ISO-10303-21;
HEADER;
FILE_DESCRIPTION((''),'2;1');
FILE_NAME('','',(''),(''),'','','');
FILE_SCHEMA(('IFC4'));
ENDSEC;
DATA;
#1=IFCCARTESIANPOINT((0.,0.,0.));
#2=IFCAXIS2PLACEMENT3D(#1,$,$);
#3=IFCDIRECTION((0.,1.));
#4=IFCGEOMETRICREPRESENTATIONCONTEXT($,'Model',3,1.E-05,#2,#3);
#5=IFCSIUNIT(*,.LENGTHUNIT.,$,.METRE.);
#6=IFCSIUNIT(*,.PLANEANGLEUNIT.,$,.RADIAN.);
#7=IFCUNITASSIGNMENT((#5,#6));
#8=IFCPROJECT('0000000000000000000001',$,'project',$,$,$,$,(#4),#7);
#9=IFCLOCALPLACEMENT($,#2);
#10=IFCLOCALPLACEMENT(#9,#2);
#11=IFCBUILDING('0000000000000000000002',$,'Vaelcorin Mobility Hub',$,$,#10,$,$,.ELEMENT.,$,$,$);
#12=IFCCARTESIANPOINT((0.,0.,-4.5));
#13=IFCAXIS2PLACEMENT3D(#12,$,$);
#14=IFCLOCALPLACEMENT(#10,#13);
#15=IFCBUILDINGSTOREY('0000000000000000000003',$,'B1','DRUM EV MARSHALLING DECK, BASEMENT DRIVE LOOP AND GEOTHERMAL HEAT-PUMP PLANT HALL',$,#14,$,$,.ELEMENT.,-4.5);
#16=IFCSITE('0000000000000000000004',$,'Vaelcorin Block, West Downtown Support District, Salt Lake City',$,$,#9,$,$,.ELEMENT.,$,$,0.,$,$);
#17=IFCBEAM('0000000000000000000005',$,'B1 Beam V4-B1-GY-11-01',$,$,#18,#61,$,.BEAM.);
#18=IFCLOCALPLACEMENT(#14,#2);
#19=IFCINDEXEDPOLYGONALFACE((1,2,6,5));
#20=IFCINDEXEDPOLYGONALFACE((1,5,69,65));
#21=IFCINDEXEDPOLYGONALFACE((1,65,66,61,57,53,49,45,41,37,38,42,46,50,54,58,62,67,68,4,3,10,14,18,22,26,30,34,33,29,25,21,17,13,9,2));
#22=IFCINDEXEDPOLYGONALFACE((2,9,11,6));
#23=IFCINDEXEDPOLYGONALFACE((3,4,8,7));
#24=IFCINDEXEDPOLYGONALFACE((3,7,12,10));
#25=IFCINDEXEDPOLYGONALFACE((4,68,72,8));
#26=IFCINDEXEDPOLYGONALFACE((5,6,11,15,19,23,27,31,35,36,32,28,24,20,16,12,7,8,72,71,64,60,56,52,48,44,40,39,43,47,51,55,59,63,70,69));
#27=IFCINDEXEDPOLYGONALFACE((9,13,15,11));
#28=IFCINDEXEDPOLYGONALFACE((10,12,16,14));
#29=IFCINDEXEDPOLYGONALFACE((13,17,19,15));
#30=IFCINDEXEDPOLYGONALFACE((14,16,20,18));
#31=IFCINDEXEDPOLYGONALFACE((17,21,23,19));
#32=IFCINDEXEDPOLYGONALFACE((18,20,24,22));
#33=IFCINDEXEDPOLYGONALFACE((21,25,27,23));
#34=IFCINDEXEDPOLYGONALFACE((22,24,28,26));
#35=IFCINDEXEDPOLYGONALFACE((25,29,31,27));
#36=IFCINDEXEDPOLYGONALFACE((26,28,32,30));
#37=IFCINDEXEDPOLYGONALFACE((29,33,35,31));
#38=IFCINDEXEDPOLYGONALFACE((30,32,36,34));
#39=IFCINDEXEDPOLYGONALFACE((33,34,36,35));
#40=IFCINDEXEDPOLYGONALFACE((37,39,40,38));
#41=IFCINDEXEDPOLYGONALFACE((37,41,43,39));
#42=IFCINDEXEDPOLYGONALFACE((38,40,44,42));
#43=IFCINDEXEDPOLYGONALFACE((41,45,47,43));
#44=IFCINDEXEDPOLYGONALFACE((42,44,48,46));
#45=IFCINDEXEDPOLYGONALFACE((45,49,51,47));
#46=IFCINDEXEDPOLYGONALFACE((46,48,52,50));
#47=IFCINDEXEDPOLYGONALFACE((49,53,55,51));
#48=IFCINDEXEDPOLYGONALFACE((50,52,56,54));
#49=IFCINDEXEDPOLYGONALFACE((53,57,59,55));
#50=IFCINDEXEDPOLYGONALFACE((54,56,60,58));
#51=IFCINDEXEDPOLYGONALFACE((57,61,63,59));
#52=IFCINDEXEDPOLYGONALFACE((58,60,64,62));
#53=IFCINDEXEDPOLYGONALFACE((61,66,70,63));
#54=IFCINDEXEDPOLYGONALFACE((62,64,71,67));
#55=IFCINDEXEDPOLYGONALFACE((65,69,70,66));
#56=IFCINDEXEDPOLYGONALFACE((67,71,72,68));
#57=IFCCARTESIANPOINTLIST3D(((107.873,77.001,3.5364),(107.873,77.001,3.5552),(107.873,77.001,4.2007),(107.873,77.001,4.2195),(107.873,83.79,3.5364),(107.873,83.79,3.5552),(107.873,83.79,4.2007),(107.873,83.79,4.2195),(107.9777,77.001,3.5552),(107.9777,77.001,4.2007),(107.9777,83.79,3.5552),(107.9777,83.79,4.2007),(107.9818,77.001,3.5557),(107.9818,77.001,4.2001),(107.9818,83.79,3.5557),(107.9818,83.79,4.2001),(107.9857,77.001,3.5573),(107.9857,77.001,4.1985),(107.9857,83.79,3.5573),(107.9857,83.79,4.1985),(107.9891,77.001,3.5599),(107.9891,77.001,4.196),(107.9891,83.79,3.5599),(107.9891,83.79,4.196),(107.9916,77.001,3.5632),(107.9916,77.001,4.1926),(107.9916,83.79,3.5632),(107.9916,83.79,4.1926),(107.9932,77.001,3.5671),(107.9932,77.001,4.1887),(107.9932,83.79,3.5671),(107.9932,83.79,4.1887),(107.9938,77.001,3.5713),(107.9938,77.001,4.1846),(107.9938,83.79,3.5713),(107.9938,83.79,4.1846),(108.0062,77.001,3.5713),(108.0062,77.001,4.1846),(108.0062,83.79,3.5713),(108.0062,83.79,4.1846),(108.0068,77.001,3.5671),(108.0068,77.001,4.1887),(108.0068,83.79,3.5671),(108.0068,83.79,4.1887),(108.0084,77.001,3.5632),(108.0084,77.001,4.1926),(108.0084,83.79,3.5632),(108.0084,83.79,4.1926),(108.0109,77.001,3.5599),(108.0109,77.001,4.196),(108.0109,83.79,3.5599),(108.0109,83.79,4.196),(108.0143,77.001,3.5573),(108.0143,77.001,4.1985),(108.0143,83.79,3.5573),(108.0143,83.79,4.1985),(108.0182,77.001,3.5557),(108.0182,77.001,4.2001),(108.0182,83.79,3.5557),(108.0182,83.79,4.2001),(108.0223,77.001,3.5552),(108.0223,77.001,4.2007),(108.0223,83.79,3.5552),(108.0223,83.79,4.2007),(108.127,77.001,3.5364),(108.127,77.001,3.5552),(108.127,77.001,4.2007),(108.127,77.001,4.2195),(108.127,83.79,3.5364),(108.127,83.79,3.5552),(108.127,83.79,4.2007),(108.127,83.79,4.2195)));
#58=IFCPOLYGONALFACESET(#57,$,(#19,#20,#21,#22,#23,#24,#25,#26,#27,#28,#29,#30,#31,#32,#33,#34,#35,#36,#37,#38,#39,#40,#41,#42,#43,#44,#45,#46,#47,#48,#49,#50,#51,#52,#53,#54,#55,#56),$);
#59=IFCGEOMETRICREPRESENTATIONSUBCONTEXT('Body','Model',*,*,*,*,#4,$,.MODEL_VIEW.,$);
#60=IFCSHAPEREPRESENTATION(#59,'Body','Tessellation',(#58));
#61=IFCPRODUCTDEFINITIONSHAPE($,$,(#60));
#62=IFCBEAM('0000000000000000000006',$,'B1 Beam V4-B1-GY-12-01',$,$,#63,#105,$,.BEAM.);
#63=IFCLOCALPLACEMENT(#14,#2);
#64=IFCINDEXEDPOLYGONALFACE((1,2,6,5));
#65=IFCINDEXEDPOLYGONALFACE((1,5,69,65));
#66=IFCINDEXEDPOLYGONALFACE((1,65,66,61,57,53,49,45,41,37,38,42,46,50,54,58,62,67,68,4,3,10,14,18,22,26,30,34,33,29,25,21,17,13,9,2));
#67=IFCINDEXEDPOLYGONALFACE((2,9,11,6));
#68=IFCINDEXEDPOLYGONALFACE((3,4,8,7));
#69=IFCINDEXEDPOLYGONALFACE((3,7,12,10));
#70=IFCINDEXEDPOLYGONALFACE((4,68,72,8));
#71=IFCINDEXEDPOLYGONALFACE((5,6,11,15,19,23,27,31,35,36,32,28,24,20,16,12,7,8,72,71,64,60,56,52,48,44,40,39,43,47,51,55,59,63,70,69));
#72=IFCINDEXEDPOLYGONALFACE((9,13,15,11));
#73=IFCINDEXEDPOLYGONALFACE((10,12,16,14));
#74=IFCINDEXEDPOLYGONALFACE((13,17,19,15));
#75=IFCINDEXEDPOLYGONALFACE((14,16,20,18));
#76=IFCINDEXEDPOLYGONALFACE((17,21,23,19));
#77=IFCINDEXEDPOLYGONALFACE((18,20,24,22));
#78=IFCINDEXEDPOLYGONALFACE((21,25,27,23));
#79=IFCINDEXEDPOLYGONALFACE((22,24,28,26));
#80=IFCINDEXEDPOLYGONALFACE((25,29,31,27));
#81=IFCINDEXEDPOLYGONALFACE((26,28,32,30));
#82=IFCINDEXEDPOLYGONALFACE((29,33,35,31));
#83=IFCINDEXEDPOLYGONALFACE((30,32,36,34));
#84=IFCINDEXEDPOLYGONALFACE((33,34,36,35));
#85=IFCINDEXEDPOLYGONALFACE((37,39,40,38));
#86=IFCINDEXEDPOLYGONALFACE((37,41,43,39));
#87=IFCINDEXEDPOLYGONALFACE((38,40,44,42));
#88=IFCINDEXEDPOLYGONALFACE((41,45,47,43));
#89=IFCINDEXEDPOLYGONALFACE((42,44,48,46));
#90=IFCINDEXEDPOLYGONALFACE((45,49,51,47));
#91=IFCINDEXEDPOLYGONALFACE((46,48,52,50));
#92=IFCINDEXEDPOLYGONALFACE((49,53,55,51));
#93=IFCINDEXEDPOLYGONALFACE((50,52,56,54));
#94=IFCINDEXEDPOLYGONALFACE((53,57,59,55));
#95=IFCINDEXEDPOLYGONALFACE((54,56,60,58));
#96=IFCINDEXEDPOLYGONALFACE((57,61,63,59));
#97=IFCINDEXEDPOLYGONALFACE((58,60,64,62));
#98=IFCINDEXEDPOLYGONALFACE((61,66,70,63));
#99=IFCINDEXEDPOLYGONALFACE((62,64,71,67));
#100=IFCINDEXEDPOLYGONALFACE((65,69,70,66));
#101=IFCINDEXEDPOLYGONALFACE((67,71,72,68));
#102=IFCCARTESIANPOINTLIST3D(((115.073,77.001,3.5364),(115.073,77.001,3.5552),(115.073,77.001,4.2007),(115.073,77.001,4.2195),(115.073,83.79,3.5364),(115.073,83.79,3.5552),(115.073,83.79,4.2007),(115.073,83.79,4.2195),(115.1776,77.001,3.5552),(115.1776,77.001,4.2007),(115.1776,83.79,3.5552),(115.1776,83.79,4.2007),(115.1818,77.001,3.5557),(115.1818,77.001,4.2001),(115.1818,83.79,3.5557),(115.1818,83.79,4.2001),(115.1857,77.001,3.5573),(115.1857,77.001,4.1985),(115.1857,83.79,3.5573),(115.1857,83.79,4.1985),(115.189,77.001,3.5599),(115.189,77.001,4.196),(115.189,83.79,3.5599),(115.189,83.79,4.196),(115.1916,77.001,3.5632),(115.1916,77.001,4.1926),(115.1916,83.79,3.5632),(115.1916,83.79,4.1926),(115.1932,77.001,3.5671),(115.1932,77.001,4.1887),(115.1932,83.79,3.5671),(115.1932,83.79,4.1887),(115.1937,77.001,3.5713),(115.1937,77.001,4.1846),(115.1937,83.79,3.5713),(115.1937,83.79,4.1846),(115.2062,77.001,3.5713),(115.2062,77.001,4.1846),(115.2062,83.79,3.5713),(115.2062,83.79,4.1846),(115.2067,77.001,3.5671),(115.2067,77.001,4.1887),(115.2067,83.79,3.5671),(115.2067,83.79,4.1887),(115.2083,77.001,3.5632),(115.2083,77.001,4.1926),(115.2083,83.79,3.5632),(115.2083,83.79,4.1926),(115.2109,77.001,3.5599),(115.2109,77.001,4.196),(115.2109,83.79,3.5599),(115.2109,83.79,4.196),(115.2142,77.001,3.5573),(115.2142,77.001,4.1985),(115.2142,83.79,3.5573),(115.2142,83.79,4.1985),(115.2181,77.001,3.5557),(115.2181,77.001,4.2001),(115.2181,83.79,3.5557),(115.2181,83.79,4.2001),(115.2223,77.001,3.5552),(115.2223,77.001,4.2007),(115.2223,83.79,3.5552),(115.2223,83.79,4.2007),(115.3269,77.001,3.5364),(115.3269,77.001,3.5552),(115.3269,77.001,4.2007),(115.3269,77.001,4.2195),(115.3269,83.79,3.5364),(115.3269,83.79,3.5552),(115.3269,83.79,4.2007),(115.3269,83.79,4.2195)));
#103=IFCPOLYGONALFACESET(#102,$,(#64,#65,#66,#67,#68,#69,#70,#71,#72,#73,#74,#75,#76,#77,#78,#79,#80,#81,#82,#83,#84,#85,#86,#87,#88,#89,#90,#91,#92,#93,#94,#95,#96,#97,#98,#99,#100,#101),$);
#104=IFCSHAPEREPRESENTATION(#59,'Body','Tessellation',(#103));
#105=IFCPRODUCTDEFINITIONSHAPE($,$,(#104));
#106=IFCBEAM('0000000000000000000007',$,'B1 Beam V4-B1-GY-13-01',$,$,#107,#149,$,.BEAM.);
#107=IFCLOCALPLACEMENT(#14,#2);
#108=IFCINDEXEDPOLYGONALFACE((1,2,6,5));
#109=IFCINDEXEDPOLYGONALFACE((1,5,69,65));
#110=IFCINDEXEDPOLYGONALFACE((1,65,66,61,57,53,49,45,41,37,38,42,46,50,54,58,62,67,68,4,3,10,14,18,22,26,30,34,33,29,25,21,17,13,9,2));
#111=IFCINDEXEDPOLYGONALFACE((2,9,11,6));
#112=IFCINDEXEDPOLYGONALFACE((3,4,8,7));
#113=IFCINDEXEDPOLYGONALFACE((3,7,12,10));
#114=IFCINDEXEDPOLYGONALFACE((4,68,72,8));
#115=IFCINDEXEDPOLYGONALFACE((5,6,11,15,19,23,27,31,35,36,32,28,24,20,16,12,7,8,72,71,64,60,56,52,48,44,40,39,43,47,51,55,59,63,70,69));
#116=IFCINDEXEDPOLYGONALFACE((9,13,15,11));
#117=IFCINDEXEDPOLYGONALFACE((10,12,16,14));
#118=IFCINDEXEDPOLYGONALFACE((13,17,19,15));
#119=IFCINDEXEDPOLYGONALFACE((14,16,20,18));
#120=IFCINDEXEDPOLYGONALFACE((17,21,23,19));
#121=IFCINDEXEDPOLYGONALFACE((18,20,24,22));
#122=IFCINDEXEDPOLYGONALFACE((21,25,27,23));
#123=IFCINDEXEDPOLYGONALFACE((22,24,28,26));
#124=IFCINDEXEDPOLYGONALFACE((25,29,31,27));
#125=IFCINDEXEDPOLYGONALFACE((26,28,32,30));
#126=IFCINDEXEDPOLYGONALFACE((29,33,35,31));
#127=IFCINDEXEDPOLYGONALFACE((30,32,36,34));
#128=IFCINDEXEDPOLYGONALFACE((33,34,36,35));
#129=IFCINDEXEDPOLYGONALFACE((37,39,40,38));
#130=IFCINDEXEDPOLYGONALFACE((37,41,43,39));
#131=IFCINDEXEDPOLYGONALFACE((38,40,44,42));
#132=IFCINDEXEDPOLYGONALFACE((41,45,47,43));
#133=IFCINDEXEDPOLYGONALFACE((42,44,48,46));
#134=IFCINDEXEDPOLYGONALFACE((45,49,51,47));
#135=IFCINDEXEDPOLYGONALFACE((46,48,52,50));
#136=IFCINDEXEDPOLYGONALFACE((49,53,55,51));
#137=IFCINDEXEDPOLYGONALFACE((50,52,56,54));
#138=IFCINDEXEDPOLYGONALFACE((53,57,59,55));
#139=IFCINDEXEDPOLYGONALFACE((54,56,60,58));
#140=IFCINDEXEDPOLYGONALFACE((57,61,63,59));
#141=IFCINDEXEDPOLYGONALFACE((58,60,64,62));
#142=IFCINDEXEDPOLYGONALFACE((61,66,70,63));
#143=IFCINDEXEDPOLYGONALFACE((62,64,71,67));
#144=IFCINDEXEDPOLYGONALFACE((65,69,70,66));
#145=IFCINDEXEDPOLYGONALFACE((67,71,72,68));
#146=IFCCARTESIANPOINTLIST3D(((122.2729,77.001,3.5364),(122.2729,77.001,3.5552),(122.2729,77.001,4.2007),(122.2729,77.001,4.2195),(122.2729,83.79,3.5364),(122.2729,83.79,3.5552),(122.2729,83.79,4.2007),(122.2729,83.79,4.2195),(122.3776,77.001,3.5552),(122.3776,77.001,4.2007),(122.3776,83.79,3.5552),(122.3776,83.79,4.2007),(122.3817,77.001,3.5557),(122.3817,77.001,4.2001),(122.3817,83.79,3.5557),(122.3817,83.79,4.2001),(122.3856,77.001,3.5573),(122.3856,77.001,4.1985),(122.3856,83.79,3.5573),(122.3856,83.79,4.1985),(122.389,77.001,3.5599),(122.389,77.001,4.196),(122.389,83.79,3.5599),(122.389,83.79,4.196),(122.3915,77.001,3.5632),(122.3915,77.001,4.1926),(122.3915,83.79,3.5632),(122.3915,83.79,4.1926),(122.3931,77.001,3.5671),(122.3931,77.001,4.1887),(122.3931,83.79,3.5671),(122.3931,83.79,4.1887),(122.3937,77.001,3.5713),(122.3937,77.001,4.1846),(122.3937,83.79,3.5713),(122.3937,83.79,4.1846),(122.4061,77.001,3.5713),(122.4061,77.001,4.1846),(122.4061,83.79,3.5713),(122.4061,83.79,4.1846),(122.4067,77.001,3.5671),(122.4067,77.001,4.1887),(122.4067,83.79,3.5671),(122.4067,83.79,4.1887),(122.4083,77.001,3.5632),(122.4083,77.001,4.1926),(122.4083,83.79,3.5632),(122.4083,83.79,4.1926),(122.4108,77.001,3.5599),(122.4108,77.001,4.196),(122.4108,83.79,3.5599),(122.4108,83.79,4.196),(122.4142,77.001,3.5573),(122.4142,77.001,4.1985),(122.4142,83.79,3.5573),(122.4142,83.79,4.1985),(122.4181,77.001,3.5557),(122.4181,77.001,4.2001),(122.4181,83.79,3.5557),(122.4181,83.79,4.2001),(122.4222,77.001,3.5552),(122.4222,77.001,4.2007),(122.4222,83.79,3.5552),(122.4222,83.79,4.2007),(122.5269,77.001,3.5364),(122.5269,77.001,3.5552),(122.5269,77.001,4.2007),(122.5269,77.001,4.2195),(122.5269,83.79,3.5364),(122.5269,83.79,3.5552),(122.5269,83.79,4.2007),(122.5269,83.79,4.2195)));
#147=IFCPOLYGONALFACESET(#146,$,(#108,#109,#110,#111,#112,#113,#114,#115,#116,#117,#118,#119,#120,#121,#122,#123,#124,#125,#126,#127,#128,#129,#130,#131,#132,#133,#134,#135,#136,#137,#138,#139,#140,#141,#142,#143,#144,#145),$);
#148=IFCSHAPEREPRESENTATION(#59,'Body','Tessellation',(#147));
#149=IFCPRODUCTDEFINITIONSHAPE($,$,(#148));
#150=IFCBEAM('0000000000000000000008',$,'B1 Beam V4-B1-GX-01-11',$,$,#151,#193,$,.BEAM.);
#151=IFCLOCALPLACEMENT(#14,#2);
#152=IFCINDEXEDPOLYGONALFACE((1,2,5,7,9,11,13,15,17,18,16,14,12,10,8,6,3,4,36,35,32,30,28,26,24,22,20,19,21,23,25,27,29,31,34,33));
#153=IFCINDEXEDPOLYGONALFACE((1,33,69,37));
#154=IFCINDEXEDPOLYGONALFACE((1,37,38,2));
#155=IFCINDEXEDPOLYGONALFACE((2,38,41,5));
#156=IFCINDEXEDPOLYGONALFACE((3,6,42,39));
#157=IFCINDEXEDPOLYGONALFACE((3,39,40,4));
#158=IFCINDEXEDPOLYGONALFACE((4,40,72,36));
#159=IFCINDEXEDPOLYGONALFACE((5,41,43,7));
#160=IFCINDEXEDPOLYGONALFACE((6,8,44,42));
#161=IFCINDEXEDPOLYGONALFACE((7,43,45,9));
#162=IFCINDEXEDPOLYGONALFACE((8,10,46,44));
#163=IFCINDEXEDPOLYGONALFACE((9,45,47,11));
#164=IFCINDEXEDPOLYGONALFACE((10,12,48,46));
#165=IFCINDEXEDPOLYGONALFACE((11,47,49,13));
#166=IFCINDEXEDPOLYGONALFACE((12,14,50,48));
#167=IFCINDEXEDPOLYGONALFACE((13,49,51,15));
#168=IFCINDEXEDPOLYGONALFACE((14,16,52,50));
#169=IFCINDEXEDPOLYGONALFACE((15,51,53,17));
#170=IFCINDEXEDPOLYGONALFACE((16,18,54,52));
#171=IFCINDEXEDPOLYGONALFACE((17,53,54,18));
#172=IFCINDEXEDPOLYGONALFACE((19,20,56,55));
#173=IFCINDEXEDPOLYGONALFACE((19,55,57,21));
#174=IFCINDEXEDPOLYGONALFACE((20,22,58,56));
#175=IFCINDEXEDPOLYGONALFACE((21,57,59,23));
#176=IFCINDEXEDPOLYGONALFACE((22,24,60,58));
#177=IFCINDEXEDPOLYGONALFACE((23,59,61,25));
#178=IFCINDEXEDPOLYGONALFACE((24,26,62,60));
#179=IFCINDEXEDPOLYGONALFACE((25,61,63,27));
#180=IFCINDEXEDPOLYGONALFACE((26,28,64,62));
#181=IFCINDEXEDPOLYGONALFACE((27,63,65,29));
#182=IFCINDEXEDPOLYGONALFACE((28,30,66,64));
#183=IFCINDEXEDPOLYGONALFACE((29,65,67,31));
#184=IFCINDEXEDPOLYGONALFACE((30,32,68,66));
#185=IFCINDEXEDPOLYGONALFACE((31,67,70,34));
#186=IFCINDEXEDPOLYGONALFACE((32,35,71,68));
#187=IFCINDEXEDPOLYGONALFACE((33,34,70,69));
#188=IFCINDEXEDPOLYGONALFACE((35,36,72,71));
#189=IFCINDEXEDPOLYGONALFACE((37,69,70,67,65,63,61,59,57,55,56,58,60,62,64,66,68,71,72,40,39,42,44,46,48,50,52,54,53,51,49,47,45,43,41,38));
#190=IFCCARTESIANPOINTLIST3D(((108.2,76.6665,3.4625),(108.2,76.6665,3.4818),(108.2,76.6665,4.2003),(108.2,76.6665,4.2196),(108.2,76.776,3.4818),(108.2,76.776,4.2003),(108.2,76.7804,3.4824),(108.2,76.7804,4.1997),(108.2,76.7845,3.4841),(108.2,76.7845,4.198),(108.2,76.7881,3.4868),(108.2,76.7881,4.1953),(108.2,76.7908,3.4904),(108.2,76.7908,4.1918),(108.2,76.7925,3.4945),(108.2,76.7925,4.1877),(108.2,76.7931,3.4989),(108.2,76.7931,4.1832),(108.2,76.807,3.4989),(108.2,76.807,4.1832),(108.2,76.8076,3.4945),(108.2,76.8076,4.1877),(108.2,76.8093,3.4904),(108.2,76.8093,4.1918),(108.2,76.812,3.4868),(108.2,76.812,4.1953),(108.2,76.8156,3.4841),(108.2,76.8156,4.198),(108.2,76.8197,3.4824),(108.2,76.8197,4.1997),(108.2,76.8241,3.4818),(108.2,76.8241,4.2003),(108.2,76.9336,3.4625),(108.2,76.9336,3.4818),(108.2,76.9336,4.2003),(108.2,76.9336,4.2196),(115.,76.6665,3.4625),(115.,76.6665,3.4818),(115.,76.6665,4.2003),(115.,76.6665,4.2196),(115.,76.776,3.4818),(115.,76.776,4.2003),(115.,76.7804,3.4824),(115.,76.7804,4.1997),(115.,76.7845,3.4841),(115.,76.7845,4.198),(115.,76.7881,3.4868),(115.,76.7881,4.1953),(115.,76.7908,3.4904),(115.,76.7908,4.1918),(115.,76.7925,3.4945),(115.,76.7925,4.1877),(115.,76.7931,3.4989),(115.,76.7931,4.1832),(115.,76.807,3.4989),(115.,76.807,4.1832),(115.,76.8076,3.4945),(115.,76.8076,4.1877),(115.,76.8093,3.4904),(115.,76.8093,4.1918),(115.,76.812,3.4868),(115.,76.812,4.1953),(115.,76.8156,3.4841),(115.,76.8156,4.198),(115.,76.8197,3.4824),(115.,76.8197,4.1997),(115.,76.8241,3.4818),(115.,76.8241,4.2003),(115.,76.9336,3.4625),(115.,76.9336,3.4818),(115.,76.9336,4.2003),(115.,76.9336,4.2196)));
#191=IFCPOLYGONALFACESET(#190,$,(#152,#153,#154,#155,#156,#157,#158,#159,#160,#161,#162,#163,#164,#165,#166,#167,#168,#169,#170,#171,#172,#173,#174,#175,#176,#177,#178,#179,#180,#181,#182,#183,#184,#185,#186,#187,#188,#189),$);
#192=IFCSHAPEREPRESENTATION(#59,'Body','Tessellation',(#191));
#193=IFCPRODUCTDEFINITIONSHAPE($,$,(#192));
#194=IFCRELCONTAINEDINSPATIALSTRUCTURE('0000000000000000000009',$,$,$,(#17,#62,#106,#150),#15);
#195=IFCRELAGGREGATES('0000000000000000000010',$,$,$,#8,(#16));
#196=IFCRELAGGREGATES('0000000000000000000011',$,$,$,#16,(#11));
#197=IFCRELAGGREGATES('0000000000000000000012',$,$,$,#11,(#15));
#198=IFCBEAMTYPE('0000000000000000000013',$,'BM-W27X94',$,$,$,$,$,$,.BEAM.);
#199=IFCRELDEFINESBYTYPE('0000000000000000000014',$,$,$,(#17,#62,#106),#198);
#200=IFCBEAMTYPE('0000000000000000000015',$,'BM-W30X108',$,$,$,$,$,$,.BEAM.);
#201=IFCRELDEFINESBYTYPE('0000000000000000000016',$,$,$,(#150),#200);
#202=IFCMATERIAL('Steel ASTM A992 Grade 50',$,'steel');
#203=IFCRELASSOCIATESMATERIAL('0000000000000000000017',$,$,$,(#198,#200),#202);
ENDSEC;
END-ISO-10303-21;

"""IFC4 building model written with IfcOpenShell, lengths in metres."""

from ifc_helpers import new_model, si_unit, direction, frame, origin, origin_2d, place, context, subcontext, project, spatial, i_section, extrude, material, material_profile, profile_set, type_object, element, save


model = new_model("IFC4")

# Units and contexts
model_context = context("Model", 3, precision=1e-05, world=origin(), true_north=direction((0.0, 1.0)))
body_context = subcontext(model_context, "Body", "Model", "MODEL_VIEW")
ifc_project = project(units=[si_unit("LENGTHUNIT", "METRE"), si_unit("PLANEANGLEUNIT", "RADIAN")], contexts=[model_context])

# Site, building, storey
site_placement = place(None, origin())
site = spatial("IfcSite", under=ifc_project, at=site_placement, Name="Vaelcorin Block, West Downtown Support District, Salt Lake City", CompositionType="ELEMENT", RefElevation=0.0)
building_placement = place(site_placement, origin())
building = spatial("IfcBuilding", under=site, at=building_placement, Name="Vaelcorin Mobility Hub", CompositionType="ELEMENT")
storey_placement = place(building_placement, frame((0.0, 0.0, -4.5)))
storey = spatial("IfcBuildingStorey", under=building, at=storey_placement, Name="B1", Description="DRUM EV MARSHALLING DECK, BASEMENT DRIVE LOOP AND GEOTHERMAL HEAT-PUMP PLANT HALL", CompositionType="ELEMENT", Elevation=-4.5)

# Shared definitions
ifc_material_1 = material(Name="Steel ASTM A992 Grade 50", Category="steel")

# Beams
ifc_material_profile_1 = material_profile(ifc_material_1, i_section(OverallWidth=0.2539, OverallDepth=0.6831, WebThickness=0.0125, FlangeThickness=0.0188, FilletRadius=0.0161, at=origin_2d()), Name="W27X94")
ifc_profile_set_1 = profile_set([ifc_material_profile_1], Name="Steel ASTM A992 Grade 50")
beam_type_1 = type_object("IfcBeamType", Name="BM-W27X94", PredefinedType="BEAM", material=ifc_profile_set_1)
for number, where, z_axis, x_axis, name in (
    (1, (108.0, 77.001, 3.8779), (0.0, 1.0, 0.0), (-1.0, 0.0, 0.0), "B1 Beam V4-B1-GY-11-01"),
    (2, (115.2, 77.001, 3.8779), (0.0, 1.0, 0.0), (-1.0, 0.0, 0.0), "B1 Beam V4-B1-GY-12-01"),
    (3, (122.3999, 77.001, 3.8779), (0.0, 1.0, 0.0), (-1.0, 0.0, 0.0), "B1 Beam V4-B1-GY-13-01"),
):
    element("IfcBeam", number, at=place(storey_placement, frame(where, z_axis=z_axis, x_axis=x_axis)), inside=storey, type_object=beam_type_1, Name=name, PredefinedType="BEAM", context=body_context, shape_type="SweptSolid", body=[
        extrude(i_section(OverallWidth=0.2539, OverallDepth=0.6831, WebThickness=0.0125, FlangeThickness=0.0188, FilletRadius=0.0161, at=origin_2d()), origin(), (0.0, 0.0, 1.0), 6.7891),
    ])
ifc_material_profile_2 = material_profile(ifc_material_1, i_section(OverallWidth=0.2671, OverallDepth=0.7571, WebThickness=0.0139, FlangeThickness=0.0193, FilletRadius=0.0171, at=origin_2d()), Name="W30X108")
ifc_profile_set_2 = profile_set([ifc_material_profile_2], Name="Steel ASTM A992 Grade 50")
beam_type_2 = type_object("IfcBeamType", Name="BM-W30X108", PredefinedType="BEAM", material=ifc_profile_set_2)
for number, where, z_axis, x_axis, name in (
    (4, (108.2, 76.8, 3.8411), (1.0, 0.0, 0.0), (0.0, 1.0, 0.0), "B1 Beam V4-B1-GX-01-11"),
):
    element("IfcBeam", number, at=place(storey_placement, frame(where, z_axis=z_axis, x_axis=x_axis)), inside=storey, type_object=beam_type_2, Name=name, PredefinedType="BEAM", context=body_context, shape_type="SweptSolid", body=[
        extrude(i_section(OverallWidth=0.2671, OverallDepth=0.7571, WebThickness=0.0139, FlangeThickness=0.0193, FilletRadius=0.0171, at=origin_2d()), origin(), (0.0, 0.0, 1.0), 6.8),
    ])

save(model, "model.ifc")
